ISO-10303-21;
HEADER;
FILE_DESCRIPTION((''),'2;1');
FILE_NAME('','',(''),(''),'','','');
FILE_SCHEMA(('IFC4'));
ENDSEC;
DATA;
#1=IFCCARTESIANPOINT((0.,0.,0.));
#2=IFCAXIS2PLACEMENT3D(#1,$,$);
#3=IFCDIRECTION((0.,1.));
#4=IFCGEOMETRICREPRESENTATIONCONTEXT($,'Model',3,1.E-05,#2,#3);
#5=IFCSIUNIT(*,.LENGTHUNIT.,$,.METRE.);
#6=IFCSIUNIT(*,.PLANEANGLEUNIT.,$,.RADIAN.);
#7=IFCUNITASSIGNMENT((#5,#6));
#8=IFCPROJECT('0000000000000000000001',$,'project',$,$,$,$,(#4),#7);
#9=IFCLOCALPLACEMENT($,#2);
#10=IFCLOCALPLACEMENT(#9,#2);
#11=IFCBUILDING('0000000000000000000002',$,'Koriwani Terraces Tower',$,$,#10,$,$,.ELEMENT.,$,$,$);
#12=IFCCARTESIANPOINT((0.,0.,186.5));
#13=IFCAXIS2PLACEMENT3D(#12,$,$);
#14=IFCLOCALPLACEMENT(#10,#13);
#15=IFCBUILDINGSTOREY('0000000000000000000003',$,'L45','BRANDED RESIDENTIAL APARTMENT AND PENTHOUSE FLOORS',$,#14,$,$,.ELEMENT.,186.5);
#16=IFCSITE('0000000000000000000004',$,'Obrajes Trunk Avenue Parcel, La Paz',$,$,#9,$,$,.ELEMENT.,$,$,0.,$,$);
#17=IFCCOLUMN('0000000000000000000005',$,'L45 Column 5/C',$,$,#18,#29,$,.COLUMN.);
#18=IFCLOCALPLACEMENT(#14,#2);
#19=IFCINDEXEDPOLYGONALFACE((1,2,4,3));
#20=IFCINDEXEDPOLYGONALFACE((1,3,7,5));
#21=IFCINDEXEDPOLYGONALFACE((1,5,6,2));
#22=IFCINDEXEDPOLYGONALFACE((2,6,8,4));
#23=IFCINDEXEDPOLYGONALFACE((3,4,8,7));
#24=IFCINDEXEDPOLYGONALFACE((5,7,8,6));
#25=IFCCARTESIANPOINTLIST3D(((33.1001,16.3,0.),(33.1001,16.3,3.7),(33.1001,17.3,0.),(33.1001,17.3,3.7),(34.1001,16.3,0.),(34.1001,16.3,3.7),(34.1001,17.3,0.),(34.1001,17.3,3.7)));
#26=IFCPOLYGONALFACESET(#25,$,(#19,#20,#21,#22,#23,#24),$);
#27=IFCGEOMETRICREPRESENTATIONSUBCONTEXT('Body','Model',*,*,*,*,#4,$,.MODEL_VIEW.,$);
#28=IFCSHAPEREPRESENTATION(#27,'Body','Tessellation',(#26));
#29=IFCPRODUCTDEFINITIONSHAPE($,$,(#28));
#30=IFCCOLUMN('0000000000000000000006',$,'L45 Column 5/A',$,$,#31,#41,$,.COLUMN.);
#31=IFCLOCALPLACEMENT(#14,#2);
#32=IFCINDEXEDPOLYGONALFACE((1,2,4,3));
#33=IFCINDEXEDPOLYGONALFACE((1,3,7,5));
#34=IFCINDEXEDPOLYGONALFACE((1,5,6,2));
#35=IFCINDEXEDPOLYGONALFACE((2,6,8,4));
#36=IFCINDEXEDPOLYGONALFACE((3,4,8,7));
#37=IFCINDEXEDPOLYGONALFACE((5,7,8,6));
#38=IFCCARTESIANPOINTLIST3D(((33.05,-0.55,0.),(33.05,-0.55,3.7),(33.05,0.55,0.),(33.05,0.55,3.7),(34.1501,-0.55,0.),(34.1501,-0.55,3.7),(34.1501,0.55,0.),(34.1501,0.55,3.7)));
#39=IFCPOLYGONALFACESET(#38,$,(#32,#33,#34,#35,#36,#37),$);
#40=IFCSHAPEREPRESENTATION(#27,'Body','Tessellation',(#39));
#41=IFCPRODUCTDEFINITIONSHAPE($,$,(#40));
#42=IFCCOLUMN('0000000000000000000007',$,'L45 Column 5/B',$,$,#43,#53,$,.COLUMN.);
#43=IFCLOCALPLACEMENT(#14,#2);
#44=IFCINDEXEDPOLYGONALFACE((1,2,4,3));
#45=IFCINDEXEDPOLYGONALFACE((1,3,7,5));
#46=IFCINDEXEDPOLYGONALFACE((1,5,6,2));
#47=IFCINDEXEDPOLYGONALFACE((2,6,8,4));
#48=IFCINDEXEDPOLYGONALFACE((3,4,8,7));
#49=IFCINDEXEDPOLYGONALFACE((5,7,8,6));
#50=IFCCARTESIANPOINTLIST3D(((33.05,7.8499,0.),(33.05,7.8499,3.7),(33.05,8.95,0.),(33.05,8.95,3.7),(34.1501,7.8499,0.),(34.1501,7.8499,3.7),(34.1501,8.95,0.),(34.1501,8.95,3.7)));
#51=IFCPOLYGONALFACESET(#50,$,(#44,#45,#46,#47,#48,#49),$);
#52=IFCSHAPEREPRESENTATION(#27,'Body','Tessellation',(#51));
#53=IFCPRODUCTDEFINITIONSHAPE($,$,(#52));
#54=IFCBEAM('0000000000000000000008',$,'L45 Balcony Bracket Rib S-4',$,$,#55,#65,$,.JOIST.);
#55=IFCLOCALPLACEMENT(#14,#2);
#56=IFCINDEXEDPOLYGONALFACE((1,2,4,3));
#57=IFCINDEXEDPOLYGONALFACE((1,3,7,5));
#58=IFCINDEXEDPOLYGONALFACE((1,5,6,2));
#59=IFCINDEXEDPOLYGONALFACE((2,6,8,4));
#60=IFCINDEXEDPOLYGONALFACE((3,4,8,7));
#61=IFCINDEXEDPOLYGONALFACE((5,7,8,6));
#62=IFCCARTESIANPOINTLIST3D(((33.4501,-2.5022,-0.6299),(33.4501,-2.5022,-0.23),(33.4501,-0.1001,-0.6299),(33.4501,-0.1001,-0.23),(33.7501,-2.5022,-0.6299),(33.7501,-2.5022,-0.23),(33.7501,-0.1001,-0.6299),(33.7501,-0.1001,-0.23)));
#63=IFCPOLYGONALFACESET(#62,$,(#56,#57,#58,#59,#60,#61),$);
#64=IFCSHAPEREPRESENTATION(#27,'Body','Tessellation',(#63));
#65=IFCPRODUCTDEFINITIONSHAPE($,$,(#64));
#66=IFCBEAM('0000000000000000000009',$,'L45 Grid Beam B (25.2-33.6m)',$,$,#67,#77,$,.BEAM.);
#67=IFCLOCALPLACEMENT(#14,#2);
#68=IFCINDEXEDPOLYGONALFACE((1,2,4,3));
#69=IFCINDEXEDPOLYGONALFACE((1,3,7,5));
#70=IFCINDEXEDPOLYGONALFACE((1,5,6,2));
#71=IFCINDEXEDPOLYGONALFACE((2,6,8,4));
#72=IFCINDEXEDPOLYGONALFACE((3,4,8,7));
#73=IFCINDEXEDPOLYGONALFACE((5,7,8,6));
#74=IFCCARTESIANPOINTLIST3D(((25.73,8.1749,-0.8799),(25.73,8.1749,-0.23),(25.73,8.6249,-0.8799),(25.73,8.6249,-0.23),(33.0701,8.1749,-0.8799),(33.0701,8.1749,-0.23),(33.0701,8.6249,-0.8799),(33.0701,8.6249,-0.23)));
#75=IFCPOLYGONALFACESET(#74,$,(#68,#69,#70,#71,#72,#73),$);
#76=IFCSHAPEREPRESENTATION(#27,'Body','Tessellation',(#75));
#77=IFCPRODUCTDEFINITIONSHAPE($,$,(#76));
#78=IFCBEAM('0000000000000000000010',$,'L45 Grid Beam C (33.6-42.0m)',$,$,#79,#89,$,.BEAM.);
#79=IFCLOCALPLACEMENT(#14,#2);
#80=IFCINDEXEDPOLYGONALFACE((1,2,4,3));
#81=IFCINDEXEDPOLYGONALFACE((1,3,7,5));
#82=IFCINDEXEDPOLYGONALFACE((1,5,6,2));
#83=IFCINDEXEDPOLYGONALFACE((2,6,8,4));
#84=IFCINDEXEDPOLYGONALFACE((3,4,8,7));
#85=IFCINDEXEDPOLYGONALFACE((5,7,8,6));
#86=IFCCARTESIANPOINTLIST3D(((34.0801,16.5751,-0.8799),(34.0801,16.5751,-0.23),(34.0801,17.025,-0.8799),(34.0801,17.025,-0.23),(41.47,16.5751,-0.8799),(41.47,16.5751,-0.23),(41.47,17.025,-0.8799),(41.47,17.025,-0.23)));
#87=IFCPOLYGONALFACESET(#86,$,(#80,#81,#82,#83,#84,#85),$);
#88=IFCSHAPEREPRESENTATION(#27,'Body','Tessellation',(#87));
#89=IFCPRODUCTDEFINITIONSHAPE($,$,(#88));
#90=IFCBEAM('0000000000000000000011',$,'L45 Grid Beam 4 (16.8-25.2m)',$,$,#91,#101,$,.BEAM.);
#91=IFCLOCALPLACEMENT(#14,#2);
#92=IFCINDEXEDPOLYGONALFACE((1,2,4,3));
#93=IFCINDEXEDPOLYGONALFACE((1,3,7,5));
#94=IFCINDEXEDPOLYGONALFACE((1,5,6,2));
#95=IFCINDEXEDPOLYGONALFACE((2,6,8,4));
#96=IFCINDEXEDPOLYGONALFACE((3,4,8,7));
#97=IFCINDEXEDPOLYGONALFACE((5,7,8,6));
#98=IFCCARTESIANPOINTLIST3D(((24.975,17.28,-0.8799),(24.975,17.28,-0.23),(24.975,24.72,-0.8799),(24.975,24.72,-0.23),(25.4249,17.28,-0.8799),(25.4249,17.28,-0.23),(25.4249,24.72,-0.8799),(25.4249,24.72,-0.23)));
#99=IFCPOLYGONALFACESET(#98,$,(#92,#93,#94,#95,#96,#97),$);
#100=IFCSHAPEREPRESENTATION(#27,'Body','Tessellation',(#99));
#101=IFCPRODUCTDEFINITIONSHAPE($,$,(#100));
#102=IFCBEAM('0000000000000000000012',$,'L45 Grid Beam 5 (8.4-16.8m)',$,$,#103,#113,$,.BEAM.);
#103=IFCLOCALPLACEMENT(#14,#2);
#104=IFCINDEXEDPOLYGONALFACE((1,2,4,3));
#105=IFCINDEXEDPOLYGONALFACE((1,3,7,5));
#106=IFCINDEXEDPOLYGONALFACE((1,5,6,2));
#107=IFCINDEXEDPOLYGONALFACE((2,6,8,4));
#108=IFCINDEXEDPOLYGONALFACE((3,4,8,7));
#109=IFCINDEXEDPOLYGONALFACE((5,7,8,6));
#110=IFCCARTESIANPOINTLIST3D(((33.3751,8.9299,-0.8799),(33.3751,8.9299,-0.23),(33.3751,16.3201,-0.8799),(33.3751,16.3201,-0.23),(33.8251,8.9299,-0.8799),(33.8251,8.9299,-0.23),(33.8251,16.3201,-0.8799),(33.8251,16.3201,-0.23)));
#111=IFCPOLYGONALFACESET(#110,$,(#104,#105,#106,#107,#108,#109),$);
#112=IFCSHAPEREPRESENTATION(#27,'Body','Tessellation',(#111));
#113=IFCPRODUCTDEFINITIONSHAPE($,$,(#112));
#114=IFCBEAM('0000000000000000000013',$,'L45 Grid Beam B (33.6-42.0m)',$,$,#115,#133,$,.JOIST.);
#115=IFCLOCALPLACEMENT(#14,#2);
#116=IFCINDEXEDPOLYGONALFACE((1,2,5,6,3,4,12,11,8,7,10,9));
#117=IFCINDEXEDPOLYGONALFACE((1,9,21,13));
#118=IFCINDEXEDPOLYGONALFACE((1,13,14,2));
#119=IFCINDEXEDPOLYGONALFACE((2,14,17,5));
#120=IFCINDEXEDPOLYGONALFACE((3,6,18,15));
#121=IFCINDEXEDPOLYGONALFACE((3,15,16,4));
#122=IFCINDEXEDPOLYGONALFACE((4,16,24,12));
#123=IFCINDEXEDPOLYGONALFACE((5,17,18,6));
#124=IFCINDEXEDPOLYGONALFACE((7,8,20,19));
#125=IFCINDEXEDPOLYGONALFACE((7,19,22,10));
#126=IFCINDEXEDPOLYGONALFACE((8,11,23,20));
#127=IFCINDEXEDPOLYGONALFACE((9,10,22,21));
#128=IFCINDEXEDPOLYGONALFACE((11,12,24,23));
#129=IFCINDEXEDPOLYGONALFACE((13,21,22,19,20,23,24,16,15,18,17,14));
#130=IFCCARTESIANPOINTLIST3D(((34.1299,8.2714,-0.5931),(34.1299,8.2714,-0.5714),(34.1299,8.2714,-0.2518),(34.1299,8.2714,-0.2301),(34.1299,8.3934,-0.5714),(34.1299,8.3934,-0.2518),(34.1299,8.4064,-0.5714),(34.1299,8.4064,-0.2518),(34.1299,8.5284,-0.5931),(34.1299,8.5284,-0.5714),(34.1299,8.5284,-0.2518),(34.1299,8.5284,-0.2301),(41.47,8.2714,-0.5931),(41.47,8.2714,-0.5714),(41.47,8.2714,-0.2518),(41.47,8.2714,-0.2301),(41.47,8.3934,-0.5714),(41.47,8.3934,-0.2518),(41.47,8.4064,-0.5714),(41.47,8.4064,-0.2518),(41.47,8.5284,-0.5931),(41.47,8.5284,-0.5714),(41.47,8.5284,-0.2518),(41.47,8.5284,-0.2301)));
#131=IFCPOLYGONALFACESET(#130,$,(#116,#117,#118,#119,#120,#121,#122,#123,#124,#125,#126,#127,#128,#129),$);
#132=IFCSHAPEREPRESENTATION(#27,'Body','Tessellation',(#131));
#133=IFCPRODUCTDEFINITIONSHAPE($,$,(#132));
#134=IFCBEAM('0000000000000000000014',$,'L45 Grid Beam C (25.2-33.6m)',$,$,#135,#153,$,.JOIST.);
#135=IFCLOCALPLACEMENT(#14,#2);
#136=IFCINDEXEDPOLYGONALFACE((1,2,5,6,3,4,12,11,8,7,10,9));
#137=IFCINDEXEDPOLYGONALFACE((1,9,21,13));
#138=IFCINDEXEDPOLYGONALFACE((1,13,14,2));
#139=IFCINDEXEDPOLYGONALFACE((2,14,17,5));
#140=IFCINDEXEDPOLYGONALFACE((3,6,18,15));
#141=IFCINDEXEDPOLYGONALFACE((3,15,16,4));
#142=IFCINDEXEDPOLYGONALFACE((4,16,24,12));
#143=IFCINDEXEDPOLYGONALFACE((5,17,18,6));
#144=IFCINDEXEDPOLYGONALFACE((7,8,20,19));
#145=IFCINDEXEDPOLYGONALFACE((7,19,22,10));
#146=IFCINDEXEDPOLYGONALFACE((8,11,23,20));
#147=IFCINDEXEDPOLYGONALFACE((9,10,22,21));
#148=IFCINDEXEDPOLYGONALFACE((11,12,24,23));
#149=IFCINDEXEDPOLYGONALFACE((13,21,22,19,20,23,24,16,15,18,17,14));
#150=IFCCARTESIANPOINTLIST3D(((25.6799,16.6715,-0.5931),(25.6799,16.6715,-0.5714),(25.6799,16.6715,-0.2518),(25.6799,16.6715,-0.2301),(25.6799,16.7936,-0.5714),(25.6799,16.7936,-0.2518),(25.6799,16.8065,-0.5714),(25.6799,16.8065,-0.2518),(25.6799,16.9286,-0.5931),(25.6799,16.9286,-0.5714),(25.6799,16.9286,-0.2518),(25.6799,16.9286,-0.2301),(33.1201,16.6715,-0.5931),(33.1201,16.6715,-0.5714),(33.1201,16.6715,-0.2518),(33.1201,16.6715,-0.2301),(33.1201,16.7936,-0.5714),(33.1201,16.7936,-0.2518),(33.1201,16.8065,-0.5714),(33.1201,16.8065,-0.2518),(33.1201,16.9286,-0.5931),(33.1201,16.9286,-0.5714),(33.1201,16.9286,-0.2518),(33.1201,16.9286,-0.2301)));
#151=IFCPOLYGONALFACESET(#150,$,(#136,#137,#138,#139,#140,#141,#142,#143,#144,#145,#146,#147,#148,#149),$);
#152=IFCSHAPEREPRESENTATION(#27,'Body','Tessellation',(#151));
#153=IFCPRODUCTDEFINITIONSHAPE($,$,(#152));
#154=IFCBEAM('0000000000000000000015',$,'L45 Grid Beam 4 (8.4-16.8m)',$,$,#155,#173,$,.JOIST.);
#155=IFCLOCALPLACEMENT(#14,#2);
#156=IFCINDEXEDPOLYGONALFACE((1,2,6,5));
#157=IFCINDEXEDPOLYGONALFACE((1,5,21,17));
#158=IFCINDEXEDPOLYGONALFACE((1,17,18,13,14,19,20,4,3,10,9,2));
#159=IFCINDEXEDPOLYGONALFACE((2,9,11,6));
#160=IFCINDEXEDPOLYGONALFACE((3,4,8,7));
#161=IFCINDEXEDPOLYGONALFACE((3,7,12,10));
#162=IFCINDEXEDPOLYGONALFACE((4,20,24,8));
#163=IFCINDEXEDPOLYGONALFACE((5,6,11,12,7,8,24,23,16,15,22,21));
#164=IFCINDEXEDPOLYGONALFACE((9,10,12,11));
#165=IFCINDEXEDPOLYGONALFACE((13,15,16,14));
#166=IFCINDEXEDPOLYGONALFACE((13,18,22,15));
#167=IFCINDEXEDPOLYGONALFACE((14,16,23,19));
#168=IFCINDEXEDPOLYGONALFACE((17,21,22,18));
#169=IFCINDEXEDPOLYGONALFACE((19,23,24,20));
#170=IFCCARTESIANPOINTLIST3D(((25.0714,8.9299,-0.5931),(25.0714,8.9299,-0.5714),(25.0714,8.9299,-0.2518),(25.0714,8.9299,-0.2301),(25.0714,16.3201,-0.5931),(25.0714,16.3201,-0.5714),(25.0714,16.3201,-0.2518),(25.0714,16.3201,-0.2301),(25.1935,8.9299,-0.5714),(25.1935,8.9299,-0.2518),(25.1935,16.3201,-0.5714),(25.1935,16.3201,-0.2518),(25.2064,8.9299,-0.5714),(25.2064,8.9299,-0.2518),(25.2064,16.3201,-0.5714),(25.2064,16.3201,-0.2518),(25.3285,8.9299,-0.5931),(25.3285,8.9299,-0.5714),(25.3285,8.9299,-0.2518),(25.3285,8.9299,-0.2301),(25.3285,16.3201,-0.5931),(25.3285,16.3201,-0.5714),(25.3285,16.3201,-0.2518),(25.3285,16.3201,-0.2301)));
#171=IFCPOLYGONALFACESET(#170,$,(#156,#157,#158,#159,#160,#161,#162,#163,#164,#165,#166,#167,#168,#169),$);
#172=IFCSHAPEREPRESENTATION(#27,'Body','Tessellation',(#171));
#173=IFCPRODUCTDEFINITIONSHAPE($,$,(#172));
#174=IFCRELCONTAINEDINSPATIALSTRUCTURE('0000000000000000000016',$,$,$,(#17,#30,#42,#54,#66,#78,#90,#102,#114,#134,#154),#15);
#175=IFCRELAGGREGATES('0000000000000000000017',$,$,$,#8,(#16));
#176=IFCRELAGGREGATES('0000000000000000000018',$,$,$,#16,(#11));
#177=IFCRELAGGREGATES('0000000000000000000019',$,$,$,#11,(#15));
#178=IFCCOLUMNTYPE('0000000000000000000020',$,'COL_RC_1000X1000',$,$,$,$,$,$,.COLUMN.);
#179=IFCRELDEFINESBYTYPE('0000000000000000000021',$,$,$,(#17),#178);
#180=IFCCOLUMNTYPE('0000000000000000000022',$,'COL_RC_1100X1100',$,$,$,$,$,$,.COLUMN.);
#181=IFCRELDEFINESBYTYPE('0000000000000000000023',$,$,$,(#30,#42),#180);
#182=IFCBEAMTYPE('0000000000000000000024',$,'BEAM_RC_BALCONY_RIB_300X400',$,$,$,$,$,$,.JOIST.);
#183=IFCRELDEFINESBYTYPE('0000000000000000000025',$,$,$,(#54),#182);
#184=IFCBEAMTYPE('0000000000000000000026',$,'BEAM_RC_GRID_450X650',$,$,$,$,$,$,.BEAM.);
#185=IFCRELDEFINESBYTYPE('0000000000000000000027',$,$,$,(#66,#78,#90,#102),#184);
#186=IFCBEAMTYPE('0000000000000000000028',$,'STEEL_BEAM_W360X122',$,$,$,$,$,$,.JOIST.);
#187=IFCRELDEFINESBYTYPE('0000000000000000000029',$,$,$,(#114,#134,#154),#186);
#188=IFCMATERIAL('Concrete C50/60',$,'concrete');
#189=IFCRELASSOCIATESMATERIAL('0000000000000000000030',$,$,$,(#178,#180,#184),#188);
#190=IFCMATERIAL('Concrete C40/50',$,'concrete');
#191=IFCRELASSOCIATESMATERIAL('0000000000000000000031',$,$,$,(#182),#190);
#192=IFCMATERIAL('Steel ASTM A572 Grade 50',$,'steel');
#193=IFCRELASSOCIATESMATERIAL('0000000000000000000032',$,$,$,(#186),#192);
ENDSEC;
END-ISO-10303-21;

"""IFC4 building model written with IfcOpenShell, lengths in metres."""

from ifc_helpers import new_model, si_unit, direction, frame, origin, origin_2d, place, context, subcontext, project, spatial, rectangle, i_section, extrude, material, material_profile, profile_set, type_object, element, save


model = new_model("IFC4")

# Units and contexts
model_context = context("Model", 3, precision=1e-05, world=origin(), true_north=direction((0.0, 1.0)))
body_context = subcontext(model_context, "Body", "Model", "MODEL_VIEW")
ifc_project = project(units=[si_unit("LENGTHUNIT", "METRE"), si_unit("PLANEANGLEUNIT", "RADIAN")], contexts=[model_context])

# Site, building, storey
site_placement = place(None, origin())
site = spatial("IfcSite", under=ifc_project, at=site_placement, Name="Obrajes Trunk Avenue Parcel, La Paz", CompositionType="ELEMENT", RefElevation=0.0)
building_placement = place(site_placement, origin())
building = spatial("IfcBuilding", under=site, at=building_placement, Name="Koriwani Terraces Tower", CompositionType="ELEMENT")
storey_placement = place(building_placement, frame((0.0, 0.0, 186.5)))
storey = spatial("IfcBuildingStorey", under=building, at=storey_placement, Name="L45", Description="BRANDED RESIDENTIAL APARTMENT AND PENTHOUSE FLOORS", CompositionType="ELEMENT", Elevation=186.5)

# Columns
ifc_material_1 = material(Name="Concrete C50/60", Category="concrete")
ifc_material_profile_1 = material_profile(ifc_material_1, rectangle(XDim=1.0, YDim=1.0, at=origin_2d()), Name="Concrete C50/60", Category="LoadBearing")
ifc_profile_set_1 = profile_set([ifc_material_profile_1], Name="Concrete C50/60")
column_type_1 = type_object("IfcColumnType", Name="COL_RC_1000X1000", PredefinedType="COLUMN", material=ifc_profile_set_1)
column_placement = place(storey_placement, frame((33.6001, 16.8, 0.0), z_axis=(0.0, 0.0, 1.0), x_axis=(1.0, 0.0, 0.0)))
element("IfcColumn", 1, at=column_placement, inside=storey, type_object=column_type_1, Name="L45 Column 5/C", PredefinedType="COLUMN", context=body_context, shape_type="SweptSolid", body=[
    extrude(rectangle(XDim=1.0, YDim=1.0, at=origin_2d()), origin(), (0.0, 0.0, 1.0), 3.7),
])
ifc_material_profile_2 = material_profile(ifc_material_1, rectangle(XDim=1.1001, YDim=1.1001, at=origin_2d()), Name="Concrete C50/60", Category="LoadBearing")
ifc_profile_set_2 = profile_set([ifc_material_profile_2], Name="Concrete C50/60")
column_type_2 = type_object("IfcColumnType", Name="COL_RC_1100X1100", PredefinedType="COLUMN", material=ifc_profile_set_2)
for number, where, z_axis, x_axis, name in (
    (2, (33.6001, 0.0, 0.0), (0.0, 0.0, 1.0), (1.0, 0.0, 0.0), "L45 Column 5/A"),
    (3, (33.6001, 8.3999, 0.0), (0.0, 0.0, 1.0), (1.0, 0.0, 0.0), "L45 Column 5/B"),
):
    element("IfcColumn", number, at=place(storey_placement, frame(where, z_axis=z_axis, x_axis=x_axis)), inside=storey, type_object=column_type_2, Name=name, PredefinedType="COLUMN", context=body_context, shape_type="SweptSolid", body=[
        extrude(rectangle(XDim=1.1001, YDim=1.1001, at=origin_2d()), origin(), (0.0, 0.0, 1.0), 3.7),
    ])

# Beams
ifc_material_2 = material(Name="Concrete C40/50", Category="concrete")
ifc_material_profile_3 = material_profile(ifc_material_2, rectangle(XDim=0.3, YDim=0.3999, at=origin_2d()), Name="Concrete C40/50", Category="LoadBearing")
ifc_profile_set_3 = profile_set([ifc_material_profile_3], Name="Concrete C40/50")
beam_type_1 = type_object("IfcBeamType", Name="BEAM_RC_BALCONY_RIB_300X400", PredefinedType="JOIST", material=ifc_profile_set_3)
beam_1_placement = place(storey_placement, frame((33.6001, -2.5022, -0.4299), z_axis=(0.0, 1.0, 0.0), x_axis=(-1.0, 0.0, 0.0)))
element("IfcBeam", 4, at=beam_1_placement, inside=storey, type_object=beam_type_1, Name="L45 Balcony Bracket Rib S-4", PredefinedType="JOIST", context=body_context, shape_type="SweptSolid", body=[
    extrude(rectangle(XDim=0.3, YDim=0.3999, at=origin_2d()), origin(), (0.0, 0.0, 1.0), 2.4021),
])
ifc_material_profile_4 = material_profile(ifc_material_1, rectangle(XDim=0.45, YDim=0.6499, at=origin_2d()), Name="Concrete C50/60", Category="LoadBearing")
ifc_profile_set_4 = profile_set([ifc_material_profile_4], Name="Concrete C50/60")
beam_type_2 = type_object("IfcBeamType", Name="BEAM_RC_GRID_450X650", PredefinedType="BEAM", material=ifc_profile_set_4)
beam_2_placement = place(storey_placement, frame((25.73, 8.3999, -0.5549), z_axis=(1.0, 0.0, 0.0), x_axis=(0.0, 1.0, 0.0)))
element("IfcBeam", 5, at=beam_2_placement, inside=storey, type_object=beam_type_2, Name="L45 Grid Beam B (25.2-33.6m)", PredefinedType="BEAM", context=body_context, shape_type="SweptSolid", body=[
    extrude(rectangle(XDim=0.45, YDim=0.6499, at=origin_2d()), origin(), (0.0, 0.0, 1.0), 7.3401),
])
beam_3_placement = place(storey_placement, frame((34.0801, 16.8, -0.5549), z_axis=(1.0, 0.0, 0.0), x_axis=(0.0, 1.0, 0.0)))
element("IfcBeam", 6, at=beam_3_placement, inside=storey, type_object=beam_type_2, Name="L45 Grid Beam C (33.6-42.0m)", PredefinedType="BEAM", context=body_context, shape_type="SweptSolid", body=[
    extrude(rectangle(XDim=0.45, YDim=0.6499, at=origin_2d()), origin(), (0.0, 0.0, 1.0), 7.3899),
])
beam_4_placement = place(storey_placement, frame((25.2, 17.28, -0.5549), z_axis=(0.0, 1.0, 0.0), x_axis=(-1.0, 0.0, 0.0)))
element("IfcBeam", 7, at=beam_4_placement, inside=storey, type_object=beam_type_2, Name="L45 Grid Beam 4 (16.8-25.2m)", PredefinedType="BEAM", context=body_context, shape_type="SweptSolid", body=[
    extrude(rectangle(XDim=0.45, YDim=0.6499, at=origin_2d()), origin(), (0.0, 0.0, 1.0), 7.4399),
])
beam_5_placement = place(storey_placement, frame((33.6001, 8.9299, -0.5549), z_axis=(0.0, 1.0, 0.0), x_axis=(-1.0, 0.0, 0.0)))
element("IfcBeam", 8, at=beam_5_placement, inside=storey, type_object=beam_type_2, Name="L45 Grid Beam 5 (8.4-16.8m)", PredefinedType="BEAM", context=body_context, shape_type="SweptSolid", body=[
    extrude(rectangle(XDim=0.45, YDim=0.6499, at=origin_2d()), origin(), (0.0, 0.0, 1.0), 7.3901),
])
ifc_material_3 = material(Name="Steel ASTM A572 Grade 50", Category="steel")
ifc_material_profile_5 = material_profile(ifc_material_3, i_section(OverallWidth=0.2571, OverallDepth=0.363, WebThickness=0.0129, FlangeThickness=0.0217, at=origin_2d()), Name="Steel ASTM A572 Grade 50", Category="LoadBearing")
ifc_profile_set_5 = profile_set([ifc_material_profile_5], Name="Steel ASTM A572 Grade 50")
beam_type_3 = type_object("IfcBeamType", Name="STEEL_BEAM_W360X122", PredefinedType="JOIST", material=ifc_profile_set_5)
beam_6_placement = place(storey_placement, frame((34.1299, 8.3999, -0.4116), z_axis=(1.0, 0.0, 0.0), x_axis=(0.0, 1.0, 0.0)))
element("IfcBeam", 9, at=beam_6_placement, inside=storey, type_object=beam_type_3, Name="L45 Grid Beam B (33.6-42.0m)", PredefinedType="JOIST", context=body_context, shape_type="SweptSolid", body=[
    extrude(i_section(OverallWidth=0.2571, OverallDepth=0.363, WebThickness=0.0129, FlangeThickness=0.0217, at=origin_2d()), origin(), (0.0, 0.0, 1.0), 7.3401),
])
beam_7_placement = place(storey_placement, frame((25.6799, 16.8, -0.4116), z_axis=(1.0, 0.0, 0.0), x_axis=(0.0, 1.0, 0.0)))
element("IfcBeam", 10, at=beam_7_placement, inside=storey, type_object=beam_type_3, Name="L45 Grid Beam C (25.2-33.6m)", PredefinedType="JOIST", context=body_context, shape_type="SweptSolid", body=[
    extrude(i_section(OverallWidth=0.2571, OverallDepth=0.363, WebThickness=0.0129, FlangeThickness=0.0217, at=origin_2d()), origin(), (0.0, 0.0, 1.0), 7.4402),
])
beam_8_placement = place(storey_placement, frame((25.2, 8.9299, -0.4116), z_axis=(0.0, 1.0, 0.0), x_axis=(-1.0, 0.0, 0.0)))
element("IfcBeam", 11, at=beam_8_placement, inside=storey, type_object=beam_type_3, Name="L45 Grid Beam 4 (8.4-16.8m)", PredefinedType="JOIST", context=body_context, shape_type="SweptSolid", body=[
    extrude(i_section(OverallWidth=0.2571, OverallDepth=0.363, WebThickness=0.0129, FlangeThickness=0.0217, at=origin_2d()), origin(), (0.0, 0.0, 1.0), 7.3901),
])

save(model, "model.ifc")
